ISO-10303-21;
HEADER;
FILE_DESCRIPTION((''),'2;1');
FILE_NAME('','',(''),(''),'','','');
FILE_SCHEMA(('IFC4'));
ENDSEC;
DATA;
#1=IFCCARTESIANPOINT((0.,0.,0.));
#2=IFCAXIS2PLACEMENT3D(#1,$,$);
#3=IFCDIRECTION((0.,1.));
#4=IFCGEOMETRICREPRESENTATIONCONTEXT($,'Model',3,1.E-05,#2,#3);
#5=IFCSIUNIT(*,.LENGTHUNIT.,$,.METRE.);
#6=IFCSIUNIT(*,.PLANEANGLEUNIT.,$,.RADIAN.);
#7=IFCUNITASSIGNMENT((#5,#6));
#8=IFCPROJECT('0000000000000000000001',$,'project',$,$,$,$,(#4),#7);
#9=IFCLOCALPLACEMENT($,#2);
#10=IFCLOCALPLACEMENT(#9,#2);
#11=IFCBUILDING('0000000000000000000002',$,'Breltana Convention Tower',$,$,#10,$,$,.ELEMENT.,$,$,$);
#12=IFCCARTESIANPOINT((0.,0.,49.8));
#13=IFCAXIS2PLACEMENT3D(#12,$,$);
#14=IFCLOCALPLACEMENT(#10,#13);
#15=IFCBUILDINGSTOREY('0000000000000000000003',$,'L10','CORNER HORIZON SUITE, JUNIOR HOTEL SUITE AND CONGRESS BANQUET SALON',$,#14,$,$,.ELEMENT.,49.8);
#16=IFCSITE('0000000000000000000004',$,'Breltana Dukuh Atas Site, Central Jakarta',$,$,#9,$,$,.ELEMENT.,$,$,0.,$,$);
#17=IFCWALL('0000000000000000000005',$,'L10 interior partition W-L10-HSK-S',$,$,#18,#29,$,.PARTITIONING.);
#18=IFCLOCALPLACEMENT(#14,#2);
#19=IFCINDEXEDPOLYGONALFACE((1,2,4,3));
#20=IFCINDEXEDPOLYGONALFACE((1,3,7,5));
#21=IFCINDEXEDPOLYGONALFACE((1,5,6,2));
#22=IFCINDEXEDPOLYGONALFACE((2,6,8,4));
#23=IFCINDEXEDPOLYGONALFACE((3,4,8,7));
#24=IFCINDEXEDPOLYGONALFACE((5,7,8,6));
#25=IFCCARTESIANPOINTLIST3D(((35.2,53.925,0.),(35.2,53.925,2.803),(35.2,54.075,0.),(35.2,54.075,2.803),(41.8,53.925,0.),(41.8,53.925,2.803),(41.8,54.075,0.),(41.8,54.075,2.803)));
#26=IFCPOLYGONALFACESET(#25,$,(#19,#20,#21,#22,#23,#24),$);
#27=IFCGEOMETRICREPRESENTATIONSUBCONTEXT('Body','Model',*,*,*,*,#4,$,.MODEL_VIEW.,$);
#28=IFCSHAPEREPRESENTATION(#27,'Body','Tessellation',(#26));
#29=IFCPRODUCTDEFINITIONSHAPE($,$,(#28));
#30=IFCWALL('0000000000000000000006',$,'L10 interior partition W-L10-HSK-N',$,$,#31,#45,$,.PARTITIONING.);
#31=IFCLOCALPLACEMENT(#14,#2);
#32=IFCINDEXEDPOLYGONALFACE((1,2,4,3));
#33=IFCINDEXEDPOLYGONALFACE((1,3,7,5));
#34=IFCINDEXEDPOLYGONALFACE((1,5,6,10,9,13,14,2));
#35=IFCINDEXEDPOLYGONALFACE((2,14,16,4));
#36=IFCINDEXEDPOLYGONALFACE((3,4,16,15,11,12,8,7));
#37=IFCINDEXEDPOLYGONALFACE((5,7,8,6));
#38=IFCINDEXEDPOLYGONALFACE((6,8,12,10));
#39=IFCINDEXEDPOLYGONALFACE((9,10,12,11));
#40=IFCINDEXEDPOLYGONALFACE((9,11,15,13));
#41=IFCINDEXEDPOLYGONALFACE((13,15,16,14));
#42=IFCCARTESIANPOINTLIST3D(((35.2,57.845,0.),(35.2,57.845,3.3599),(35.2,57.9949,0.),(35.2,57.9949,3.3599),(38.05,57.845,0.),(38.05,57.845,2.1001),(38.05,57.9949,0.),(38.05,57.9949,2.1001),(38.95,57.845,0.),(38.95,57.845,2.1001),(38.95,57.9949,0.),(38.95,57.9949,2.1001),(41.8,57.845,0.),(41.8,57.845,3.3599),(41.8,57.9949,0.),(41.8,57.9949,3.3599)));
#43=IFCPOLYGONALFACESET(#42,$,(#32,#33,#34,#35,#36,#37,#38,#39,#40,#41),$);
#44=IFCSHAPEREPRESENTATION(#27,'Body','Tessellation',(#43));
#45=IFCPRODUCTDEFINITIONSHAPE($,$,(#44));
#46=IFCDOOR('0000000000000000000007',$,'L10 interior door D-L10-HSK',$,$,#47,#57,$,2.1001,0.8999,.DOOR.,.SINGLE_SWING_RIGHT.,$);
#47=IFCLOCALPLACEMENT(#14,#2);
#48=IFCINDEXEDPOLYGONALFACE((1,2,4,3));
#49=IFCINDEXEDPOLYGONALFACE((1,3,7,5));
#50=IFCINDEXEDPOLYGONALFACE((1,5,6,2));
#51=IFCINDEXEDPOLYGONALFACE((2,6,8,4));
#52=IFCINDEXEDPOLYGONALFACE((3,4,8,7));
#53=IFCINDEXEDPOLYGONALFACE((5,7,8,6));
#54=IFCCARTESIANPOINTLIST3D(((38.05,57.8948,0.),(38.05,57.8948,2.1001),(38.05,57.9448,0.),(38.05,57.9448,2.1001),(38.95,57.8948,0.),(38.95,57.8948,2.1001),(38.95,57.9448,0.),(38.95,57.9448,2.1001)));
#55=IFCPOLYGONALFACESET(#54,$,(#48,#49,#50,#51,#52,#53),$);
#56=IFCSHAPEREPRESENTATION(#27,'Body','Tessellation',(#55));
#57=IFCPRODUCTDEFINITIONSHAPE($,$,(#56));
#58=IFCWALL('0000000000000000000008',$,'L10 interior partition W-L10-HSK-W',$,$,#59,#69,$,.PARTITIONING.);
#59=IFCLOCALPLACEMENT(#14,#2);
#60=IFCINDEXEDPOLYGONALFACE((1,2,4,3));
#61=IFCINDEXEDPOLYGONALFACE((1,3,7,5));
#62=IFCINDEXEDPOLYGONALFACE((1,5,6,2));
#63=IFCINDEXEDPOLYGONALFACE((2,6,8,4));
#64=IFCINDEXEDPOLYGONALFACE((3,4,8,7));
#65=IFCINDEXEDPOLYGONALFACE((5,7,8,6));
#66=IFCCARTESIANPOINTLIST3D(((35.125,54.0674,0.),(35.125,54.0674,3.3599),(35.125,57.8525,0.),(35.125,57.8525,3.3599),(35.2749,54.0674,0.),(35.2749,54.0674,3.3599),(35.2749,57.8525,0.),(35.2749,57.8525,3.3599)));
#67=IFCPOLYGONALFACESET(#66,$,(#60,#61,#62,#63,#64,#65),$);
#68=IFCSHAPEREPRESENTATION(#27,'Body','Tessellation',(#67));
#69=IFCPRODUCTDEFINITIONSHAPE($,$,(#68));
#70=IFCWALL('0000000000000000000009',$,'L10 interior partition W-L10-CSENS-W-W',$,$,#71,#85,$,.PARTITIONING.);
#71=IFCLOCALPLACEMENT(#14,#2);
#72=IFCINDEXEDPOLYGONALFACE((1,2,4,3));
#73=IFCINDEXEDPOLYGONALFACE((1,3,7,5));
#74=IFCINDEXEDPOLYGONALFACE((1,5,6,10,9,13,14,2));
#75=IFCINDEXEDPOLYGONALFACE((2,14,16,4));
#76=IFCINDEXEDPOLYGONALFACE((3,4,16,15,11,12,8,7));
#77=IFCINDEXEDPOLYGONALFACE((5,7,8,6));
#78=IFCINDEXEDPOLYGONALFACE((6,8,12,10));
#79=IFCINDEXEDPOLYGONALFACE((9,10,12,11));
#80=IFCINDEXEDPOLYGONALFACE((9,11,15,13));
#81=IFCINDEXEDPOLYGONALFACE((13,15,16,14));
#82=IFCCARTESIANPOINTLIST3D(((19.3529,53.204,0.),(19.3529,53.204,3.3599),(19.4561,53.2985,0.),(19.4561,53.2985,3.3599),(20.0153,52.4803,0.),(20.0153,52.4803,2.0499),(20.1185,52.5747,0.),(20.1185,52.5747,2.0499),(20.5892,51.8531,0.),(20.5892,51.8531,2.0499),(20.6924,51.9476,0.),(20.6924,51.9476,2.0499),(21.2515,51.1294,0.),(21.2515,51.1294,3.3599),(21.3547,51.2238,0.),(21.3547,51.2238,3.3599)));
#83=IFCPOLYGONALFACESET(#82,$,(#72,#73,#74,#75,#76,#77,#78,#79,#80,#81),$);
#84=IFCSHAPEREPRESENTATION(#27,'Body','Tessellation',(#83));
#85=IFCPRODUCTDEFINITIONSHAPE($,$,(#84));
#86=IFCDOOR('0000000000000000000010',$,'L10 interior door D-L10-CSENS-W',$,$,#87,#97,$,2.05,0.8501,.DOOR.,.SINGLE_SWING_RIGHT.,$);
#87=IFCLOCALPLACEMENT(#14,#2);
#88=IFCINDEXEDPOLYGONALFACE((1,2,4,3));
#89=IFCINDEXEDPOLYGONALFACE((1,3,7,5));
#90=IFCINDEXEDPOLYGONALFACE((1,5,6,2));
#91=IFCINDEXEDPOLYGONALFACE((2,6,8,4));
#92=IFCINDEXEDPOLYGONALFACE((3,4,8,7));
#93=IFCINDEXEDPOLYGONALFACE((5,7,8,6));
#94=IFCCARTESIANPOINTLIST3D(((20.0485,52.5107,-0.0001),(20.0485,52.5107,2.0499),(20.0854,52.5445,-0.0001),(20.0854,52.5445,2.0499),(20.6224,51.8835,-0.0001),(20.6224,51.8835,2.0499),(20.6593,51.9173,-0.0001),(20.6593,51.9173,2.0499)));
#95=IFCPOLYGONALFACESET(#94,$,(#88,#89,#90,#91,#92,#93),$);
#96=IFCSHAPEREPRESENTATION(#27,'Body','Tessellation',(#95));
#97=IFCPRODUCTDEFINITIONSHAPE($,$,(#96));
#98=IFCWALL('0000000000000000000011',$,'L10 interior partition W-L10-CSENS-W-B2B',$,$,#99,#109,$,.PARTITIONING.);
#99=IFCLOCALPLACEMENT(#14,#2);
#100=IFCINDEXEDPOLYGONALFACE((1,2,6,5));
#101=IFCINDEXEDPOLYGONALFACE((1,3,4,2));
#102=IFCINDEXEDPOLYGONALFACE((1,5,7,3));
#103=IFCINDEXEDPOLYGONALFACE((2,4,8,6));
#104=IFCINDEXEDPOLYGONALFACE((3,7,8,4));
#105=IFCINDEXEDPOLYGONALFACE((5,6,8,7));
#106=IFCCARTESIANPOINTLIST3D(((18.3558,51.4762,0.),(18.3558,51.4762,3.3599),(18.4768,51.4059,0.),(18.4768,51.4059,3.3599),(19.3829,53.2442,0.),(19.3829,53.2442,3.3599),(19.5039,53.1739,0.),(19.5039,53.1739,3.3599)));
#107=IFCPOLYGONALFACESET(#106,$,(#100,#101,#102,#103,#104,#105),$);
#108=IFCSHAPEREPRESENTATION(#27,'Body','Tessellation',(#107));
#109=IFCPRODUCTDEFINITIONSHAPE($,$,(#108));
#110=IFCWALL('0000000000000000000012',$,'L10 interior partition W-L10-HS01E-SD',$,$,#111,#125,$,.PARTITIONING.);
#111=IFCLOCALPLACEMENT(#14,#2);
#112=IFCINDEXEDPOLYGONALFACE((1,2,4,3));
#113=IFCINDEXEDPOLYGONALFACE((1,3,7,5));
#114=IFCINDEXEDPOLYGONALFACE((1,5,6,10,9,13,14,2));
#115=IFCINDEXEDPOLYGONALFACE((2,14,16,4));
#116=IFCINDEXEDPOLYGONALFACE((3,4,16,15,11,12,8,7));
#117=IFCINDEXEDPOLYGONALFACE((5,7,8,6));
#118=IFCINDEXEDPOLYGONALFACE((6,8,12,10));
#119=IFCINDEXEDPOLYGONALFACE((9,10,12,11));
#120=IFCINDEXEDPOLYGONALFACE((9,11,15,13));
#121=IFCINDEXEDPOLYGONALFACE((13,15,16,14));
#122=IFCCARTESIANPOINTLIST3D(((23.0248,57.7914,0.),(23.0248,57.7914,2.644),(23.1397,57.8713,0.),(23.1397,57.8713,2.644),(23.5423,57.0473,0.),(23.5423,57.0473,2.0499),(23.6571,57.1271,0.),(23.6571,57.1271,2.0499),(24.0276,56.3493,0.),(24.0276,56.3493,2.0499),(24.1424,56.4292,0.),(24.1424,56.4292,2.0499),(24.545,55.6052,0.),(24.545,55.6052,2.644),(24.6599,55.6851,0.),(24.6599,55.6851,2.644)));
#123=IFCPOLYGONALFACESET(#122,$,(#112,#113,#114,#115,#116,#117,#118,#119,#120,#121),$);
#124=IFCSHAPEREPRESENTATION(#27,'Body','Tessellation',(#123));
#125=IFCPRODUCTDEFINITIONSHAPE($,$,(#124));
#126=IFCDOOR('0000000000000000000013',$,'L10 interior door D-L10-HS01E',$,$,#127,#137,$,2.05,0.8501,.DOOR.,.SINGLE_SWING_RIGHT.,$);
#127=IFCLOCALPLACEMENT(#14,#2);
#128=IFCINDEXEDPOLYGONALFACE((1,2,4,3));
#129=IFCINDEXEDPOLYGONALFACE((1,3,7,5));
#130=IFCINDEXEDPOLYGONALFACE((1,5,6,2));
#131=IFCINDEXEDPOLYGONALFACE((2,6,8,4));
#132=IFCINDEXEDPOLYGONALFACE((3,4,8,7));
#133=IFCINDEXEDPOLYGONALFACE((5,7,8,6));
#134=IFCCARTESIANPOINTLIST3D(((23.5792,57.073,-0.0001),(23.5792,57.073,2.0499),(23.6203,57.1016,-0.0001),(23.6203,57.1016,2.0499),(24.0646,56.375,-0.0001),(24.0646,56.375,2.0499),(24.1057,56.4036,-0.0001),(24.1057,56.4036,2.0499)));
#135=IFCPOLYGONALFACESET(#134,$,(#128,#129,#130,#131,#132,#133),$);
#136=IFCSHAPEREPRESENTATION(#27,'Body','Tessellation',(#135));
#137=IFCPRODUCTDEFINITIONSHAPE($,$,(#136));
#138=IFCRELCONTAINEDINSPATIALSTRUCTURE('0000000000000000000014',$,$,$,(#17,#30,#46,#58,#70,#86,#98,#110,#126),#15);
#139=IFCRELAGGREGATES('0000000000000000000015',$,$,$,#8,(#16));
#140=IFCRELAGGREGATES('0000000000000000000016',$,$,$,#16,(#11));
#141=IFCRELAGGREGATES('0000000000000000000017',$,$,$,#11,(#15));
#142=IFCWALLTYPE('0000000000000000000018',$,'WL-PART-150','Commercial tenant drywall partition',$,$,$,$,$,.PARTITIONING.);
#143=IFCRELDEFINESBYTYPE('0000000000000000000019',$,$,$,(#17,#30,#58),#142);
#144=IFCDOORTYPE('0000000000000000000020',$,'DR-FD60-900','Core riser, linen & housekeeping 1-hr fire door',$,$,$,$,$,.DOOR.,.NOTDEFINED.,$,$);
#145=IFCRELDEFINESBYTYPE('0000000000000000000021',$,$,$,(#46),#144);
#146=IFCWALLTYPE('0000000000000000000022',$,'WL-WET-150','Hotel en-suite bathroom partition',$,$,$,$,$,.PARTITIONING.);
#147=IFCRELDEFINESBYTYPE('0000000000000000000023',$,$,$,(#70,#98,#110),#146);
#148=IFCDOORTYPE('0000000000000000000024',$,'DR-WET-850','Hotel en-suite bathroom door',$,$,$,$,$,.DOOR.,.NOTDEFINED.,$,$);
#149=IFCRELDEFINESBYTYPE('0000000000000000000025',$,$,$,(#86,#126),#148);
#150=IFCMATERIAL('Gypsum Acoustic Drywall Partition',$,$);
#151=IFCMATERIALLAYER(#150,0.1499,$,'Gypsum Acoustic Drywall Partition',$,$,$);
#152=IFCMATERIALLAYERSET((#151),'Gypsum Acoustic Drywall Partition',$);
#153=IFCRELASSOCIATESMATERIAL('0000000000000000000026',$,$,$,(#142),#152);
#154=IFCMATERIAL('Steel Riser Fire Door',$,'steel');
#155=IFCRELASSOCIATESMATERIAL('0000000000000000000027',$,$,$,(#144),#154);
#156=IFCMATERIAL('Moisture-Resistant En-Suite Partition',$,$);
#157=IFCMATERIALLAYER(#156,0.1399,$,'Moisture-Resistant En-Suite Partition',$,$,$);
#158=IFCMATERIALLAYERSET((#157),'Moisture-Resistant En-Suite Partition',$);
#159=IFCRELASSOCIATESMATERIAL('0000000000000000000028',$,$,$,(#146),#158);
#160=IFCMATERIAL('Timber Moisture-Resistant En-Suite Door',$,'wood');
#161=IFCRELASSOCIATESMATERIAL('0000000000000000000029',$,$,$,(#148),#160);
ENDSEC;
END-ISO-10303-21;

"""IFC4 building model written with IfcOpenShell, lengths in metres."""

from ifc_helpers import new_model, si_unit, direction, frame, frame_2d, origin, place, context, subcontext, project, spatial, rectangle, extrude, source, transform, mapped, material, layer, layer_set, type_object, type_shapes, element, fill, save


model = new_model("IFC4")

# Units and contexts
model_context = context("Model", 3, precision=1e-05, world=origin(), true_north=direction((0.0, 1.0)))
body_context = subcontext(model_context, "Body", "Model", "MODEL_VIEW")
ifc_project = project(units=[si_unit("LENGTHUNIT", "METRE"), si_unit("PLANEANGLEUNIT", "RADIAN")], contexts=[model_context])

# Site, building, storey
site_placement = place(None, origin())
site = spatial("IfcSite", under=ifc_project, at=site_placement, Name="Breltana Dukuh Atas Site, Central Jakarta", CompositionType="ELEMENT", RefElevation=0.0)
building_placement = place(site_placement, origin())
building = spatial("IfcBuilding", under=site, at=building_placement, Name="Breltana Convention Tower", CompositionType="ELEMENT")
storey_placement = place(building_placement, frame((0.0, 0.0, 49.8)))
storey = spatial("IfcBuildingStorey", under=building, at=storey_placement, Name="L10", Description="CORNER HORIZON SUITE, JUNIOR HOTEL SUITE AND CONGRESS BANQUET SALON", CompositionType="ELEMENT", Elevation=49.8)

# Wall
ifc_material_1 = material(Name="Gypsum Acoustic Drywall Partition")
ifc_layer_1 = layer(ifc_material_1, 0.1499, Name="Gypsum Acoustic Drywall Partition")
ifc_layer_set_1 = layer_set([ifc_layer_1], Name="Gypsum Acoustic Drywall Partition")
wall_type_1 = type_object("IfcWallType", Name="WL-PART-150", Description="Commercial tenant drywall partition", PredefinedType="PARTITIONING", material=ifc_layer_set_1)
shared_shape_1 = source(origin(), body_context, "Body", "SweptSolid", [
    extrude(rectangle(XDim=6.6001, YDim=0.1499, at=frame_2d((3.3, 0.0))), origin(), (0.0, 0.0, 1.0), 2.803),
])
wall_1_placement = place(storey_placement, frame((35.2, 54.0, 0.0), z_axis=(0.0, 0.0, 1.0), x_axis=(1.0, 0.0, 0.0)))
element("IfcWall", 1, at=wall_1_placement, inside=storey, type_object=wall_type_1, Name="L10 interior partition W-L10-HSK-S", PredefinedType="PARTITIONING", context=body_context, shape_type="MappedRepresentation", body=[
    mapped(shared_shape_1, transform((0.0, 0.0, 0.0), scale=1.0)),
])

# Wall, opening, door
shared_shape_2 = source(origin(), body_context, "Body", "SweptSolid", [
    extrude(rectangle(XDim=6.6001, YDim=0.1499, at=frame_2d((3.3, 0.0))), origin(), (0.0, 0.0, 1.0), 3.3599),
])
wall_2_placement = place(storey_placement, frame((35.2, 57.9199, 0.0), z_axis=(0.0, 0.0, 1.0), x_axis=(1.0, 0.0, 0.0)))
wall_2 = element("IfcWall", 2, at=wall_2_placement, inside=storey, type_object=wall_type_1, Name="L10 interior partition W-L10-HSK-N", PredefinedType="PARTITIONING", context=body_context, shape_type="MappedRepresentation", body=[
    mapped(shared_shape_2, transform((0.0, 0.0, 0.0), scale=1.0)),
])
opening_1_placement = place(wall_2_placement, frame((2.8501, 0.0, 0.0)))
opening_1 = element("IfcOpeningElement", 3, at=opening_1_placement, cuts=wall_2, PredefinedType="OPENING", context=body_context, shape_type="SweptSolid", body=[
    extrude(rectangle(XDim=0.8999, YDim=2.1001, at=frame_2d((0.45, 1.05))), frame((0.0, 0.085, 0.0), z_axis=(0.0, -1.0, 0.0), x_axis=(1.0, 0.0, 0.0)), (0.0, 0.0, 1.0), 0.1699),
])
ifc_material_2 = material(Name="Steel Riser Fire Door", Category="steel")
door_type_1 = type_object("IfcDoorType", Name="DR-FD60-900", Description="Core riser, linen & housekeeping 1-hr fire door", OperationType="NOTDEFINED", PredefinedType="DOOR", material=ifc_material_2)
shared_shape_3 = source(origin(), body_context, "Body", "SweptSolid", [
    extrude(rectangle(XDim=0.8999, YDim=2.1001, at=frame_2d((0.45, 1.05))), frame((0.0, 0.0249, 0.0), z_axis=(0.0, -1.0, 0.0), x_axis=(1.0, 0.0, 0.0)), (0.0, 0.0, 1.0), 0.05),
])
type_shapes(door_type_1, [shared_shape_3])
door_1_placement = place(opening_1_placement, origin())
door_1 = element("IfcDoor", 4, at=door_1_placement, inside=storey, type_object=door_type_1, Name="L10 interior door D-L10-HSK", OperationType="SINGLE_SWING_RIGHT", OverallHeight=2.1001, OverallWidth=0.8999, PredefinedType="DOOR", context=body_context, shape_type="MappedRepresentation", body=[
    mapped(shared_shape_3, transform((0.0, 0.0, 0.0), scale=1.0)),
])
fill(opening_1, door_1)

# Wall
shared_shape_4 = source(origin(), body_context, "Body", "SweptSolid", [
    extrude(rectangle(XDim=3.7852, YDim=0.1499, at=frame_2d((1.8926, 0.0))), origin(), (0.0, 0.0, 1.0), 3.3599),
])
wall_3_placement = place(storey_placement, frame((35.2, 54.0674, 0.0), z_axis=(0.0, 0.0, 1.0), x_axis=(0.0, 1.0, 0.0)))
element("IfcWall", 5, at=wall_3_placement, inside=storey, type_object=wall_type_1, Name="L10 interior partition W-L10-HSK-W", PredefinedType="PARTITIONING", context=body_context, shape_type="MappedRepresentation", body=[
    mapped(shared_shape_4, transform((0.0, 0.0, 0.0), scale=1.0)),
])

# Wall, opening, door
ifc_material_3 = material(Name="Moisture-Resistant En-Suite Partition")
ifc_layer_2 = layer(ifc_material_3, 0.1399, Name="Moisture-Resistant En-Suite Partition")
ifc_layer_set_2 = layer_set([ifc_layer_2], Name="Moisture-Resistant En-Suite Partition")
wall_type_2 = type_object("IfcWallType", Name="WL-WET-150", Description="Hotel en-suite bathroom partition", PredefinedType="PARTITIONING", material=ifc_layer_set_2)
shared_shape_5 = source(origin(), body_context, "Body", "SweptSolid", [
    extrude(rectangle(XDim=2.8123, YDim=0.1399, at=frame_2d((1.4062, 0.0))), origin(), (0.0, 0.0, 1.0), 3.3599),
])
wall_4_placement = place(storey_placement, frame((21.3032, 51.1765, 0.0), z_axis=(0.0, 0.0, 1.0), x_axis=(-0.675119, 0.737709, 0.0)))
wall_4 = element("IfcWall", 6, at=wall_4_placement, inside=storey, type_object=wall_type_2, Name="L10 interior partition W-L10-CSENS-W-W", PredefinedType="PARTITIONING", context=body_context, shape_type="MappedRepresentation", body=[
    mapped(shared_shape_5, transform((0.0, 0.0, 0.0), scale=1.0)),
])
opening_2_placement = place(wall_4_placement, frame((0.9812, 0.0, 0.0)))
opening_2 = element("IfcOpeningElement", 7, at=opening_2_placement, cuts=wall_4, PredefinedType="OPENING", context=body_context, shape_type="SweptSolid", body=[
    extrude(rectangle(XDim=0.8501, YDim=2.05, at=frame_2d((0.425, 1.0249))), frame((0.0, 0.0801, 0.0), z_axis=(0.0, -1.0, 0.0), x_axis=(1.0, 0.0, 0.0)), (0.0, 0.0, 1.0), 0.1599),
])
ifc_material_4 = material(Name="Timber Moisture-Resistant En-Suite Door", Category="wood")
door_type_2 = type_object("IfcDoorType", Name="DR-WET-850", Description="Hotel en-suite bathroom door", OperationType="NOTDEFINED", PredefinedType="DOOR", material=ifc_material_4)
shared_shape_6 = source(origin(), body_context, "Body", "SweptSolid", [
    extrude(rectangle(XDim=0.8501, YDim=2.05, at=frame_2d((0.425, 1.0249))), frame((0.0, 0.0249, 0.0), z_axis=(0.0, -1.0, 0.0), x_axis=(1.0, 0.0, 0.0)), (0.0, 0.0, 1.0), 0.05),
])
type_shapes(door_type_2, [shared_shape_6])
door_2_placement = place(opening_2_placement, origin())
door_2 = element("IfcDoor", 8, at=door_2_placement, inside=storey, type_object=door_type_2, Name="L10 interior door D-L10-CSENS-W", OperationType="SINGLE_SWING_RIGHT", OverallHeight=2.05, OverallWidth=0.8501, PredefinedType="DOOR", context=body_context, shape_type="MappedRepresentation", body=[
    mapped(shared_shape_6, transform((0.0, 0.0, 0.0), scale=1.0)),
])
fill(opening_2, door_2)

# Wall
shared_shape_7 = source(origin(), body_context, "Body", "SweptSolid", [
    extrude(rectangle(XDim=2.0447, YDim=0.1399, at=frame_2d((1.0225, 0.0))), origin(), (0.0, 0.0, 1.0), 3.3599),
])
wall_5_placement = place(storey_placement, frame((18.4163, 51.4409, 0.0), z_axis=(0.0, 0.0, 1.0), x_axis=(0.502311, 0.864687, 0.0)))
element("IfcWall", 9, at=wall_5_placement, inside=storey, type_object=wall_type_2, Name="L10 interior partition W-L10-CSENS-W-B2B", PredefinedType="PARTITIONING", context=body_context, shape_type="MappedRepresentation", body=[
    mapped(shared_shape_7, transform((0.0, 0.0, 0.0), scale=1.0)),
])

# Wall, opening, door
shared_shape_8 = source(origin(), body_context, "Body", "SweptSolid", [
    extrude(rectangle(XDim=2.6628, YDim=0.1399, at=frame_2d((1.3315, 0.0))), origin(), (0.0, 0.0, 1.0), 2.644),
])
wall_6_placement = place(storey_placement, frame((24.6025, 55.645, 0.0), z_axis=(0.0, 0.0, 1.0), x_axis=(-0.570906, 0.821015, 0.0)))
wall_6 = element("IfcWall", 10, at=wall_6_placement, inside=storey, type_object=wall_type_2, Name="L10 interior partition W-L10-HS01E-SD", PredefinedType="PARTITIONING", context=body_context, shape_type="MappedRepresentation", body=[
    mapped(shared_shape_8, transform((0.0, 0.0, 0.0), scale=1.0)),
])
opening_3_placement = place(wall_6_placement, frame((0.9065, 0.0, 0.0)))
opening_3 = element("IfcOpeningElement", 11, at=opening_3_placement, cuts=wall_6, PredefinedType="OPENING", context=body_context, shape_type="SweptSolid", body=[
    extrude(rectangle(XDim=0.8501, YDim=2.05, at=frame_2d((0.425, 1.0249))), frame((0.0, 0.0801, 0.0), z_axis=(0.0, -1.0, 0.0), x_axis=(1.0, 0.0, 0.0)), (0.0, 0.0, 1.0), 0.1599),
])
door_3_placement = place(opening_3_placement, origin())
door_3 = element("IfcDoor", 12, at=door_3_placement, inside=storey, type_object=door_type_2, Name="L10 interior door D-L10-HS01E", OperationType="SINGLE_SWING_RIGHT", OverallHeight=2.05, OverallWidth=0.8501, PredefinedType="DOOR", context=body_context, shape_type="MappedRepresentation", body=[
    mapped(shared_shape_6, transform((0.0, 0.0, 0.0), scale=1.0)),
])
fill(opening_3, door_3)

save(model, "model.ifc")
